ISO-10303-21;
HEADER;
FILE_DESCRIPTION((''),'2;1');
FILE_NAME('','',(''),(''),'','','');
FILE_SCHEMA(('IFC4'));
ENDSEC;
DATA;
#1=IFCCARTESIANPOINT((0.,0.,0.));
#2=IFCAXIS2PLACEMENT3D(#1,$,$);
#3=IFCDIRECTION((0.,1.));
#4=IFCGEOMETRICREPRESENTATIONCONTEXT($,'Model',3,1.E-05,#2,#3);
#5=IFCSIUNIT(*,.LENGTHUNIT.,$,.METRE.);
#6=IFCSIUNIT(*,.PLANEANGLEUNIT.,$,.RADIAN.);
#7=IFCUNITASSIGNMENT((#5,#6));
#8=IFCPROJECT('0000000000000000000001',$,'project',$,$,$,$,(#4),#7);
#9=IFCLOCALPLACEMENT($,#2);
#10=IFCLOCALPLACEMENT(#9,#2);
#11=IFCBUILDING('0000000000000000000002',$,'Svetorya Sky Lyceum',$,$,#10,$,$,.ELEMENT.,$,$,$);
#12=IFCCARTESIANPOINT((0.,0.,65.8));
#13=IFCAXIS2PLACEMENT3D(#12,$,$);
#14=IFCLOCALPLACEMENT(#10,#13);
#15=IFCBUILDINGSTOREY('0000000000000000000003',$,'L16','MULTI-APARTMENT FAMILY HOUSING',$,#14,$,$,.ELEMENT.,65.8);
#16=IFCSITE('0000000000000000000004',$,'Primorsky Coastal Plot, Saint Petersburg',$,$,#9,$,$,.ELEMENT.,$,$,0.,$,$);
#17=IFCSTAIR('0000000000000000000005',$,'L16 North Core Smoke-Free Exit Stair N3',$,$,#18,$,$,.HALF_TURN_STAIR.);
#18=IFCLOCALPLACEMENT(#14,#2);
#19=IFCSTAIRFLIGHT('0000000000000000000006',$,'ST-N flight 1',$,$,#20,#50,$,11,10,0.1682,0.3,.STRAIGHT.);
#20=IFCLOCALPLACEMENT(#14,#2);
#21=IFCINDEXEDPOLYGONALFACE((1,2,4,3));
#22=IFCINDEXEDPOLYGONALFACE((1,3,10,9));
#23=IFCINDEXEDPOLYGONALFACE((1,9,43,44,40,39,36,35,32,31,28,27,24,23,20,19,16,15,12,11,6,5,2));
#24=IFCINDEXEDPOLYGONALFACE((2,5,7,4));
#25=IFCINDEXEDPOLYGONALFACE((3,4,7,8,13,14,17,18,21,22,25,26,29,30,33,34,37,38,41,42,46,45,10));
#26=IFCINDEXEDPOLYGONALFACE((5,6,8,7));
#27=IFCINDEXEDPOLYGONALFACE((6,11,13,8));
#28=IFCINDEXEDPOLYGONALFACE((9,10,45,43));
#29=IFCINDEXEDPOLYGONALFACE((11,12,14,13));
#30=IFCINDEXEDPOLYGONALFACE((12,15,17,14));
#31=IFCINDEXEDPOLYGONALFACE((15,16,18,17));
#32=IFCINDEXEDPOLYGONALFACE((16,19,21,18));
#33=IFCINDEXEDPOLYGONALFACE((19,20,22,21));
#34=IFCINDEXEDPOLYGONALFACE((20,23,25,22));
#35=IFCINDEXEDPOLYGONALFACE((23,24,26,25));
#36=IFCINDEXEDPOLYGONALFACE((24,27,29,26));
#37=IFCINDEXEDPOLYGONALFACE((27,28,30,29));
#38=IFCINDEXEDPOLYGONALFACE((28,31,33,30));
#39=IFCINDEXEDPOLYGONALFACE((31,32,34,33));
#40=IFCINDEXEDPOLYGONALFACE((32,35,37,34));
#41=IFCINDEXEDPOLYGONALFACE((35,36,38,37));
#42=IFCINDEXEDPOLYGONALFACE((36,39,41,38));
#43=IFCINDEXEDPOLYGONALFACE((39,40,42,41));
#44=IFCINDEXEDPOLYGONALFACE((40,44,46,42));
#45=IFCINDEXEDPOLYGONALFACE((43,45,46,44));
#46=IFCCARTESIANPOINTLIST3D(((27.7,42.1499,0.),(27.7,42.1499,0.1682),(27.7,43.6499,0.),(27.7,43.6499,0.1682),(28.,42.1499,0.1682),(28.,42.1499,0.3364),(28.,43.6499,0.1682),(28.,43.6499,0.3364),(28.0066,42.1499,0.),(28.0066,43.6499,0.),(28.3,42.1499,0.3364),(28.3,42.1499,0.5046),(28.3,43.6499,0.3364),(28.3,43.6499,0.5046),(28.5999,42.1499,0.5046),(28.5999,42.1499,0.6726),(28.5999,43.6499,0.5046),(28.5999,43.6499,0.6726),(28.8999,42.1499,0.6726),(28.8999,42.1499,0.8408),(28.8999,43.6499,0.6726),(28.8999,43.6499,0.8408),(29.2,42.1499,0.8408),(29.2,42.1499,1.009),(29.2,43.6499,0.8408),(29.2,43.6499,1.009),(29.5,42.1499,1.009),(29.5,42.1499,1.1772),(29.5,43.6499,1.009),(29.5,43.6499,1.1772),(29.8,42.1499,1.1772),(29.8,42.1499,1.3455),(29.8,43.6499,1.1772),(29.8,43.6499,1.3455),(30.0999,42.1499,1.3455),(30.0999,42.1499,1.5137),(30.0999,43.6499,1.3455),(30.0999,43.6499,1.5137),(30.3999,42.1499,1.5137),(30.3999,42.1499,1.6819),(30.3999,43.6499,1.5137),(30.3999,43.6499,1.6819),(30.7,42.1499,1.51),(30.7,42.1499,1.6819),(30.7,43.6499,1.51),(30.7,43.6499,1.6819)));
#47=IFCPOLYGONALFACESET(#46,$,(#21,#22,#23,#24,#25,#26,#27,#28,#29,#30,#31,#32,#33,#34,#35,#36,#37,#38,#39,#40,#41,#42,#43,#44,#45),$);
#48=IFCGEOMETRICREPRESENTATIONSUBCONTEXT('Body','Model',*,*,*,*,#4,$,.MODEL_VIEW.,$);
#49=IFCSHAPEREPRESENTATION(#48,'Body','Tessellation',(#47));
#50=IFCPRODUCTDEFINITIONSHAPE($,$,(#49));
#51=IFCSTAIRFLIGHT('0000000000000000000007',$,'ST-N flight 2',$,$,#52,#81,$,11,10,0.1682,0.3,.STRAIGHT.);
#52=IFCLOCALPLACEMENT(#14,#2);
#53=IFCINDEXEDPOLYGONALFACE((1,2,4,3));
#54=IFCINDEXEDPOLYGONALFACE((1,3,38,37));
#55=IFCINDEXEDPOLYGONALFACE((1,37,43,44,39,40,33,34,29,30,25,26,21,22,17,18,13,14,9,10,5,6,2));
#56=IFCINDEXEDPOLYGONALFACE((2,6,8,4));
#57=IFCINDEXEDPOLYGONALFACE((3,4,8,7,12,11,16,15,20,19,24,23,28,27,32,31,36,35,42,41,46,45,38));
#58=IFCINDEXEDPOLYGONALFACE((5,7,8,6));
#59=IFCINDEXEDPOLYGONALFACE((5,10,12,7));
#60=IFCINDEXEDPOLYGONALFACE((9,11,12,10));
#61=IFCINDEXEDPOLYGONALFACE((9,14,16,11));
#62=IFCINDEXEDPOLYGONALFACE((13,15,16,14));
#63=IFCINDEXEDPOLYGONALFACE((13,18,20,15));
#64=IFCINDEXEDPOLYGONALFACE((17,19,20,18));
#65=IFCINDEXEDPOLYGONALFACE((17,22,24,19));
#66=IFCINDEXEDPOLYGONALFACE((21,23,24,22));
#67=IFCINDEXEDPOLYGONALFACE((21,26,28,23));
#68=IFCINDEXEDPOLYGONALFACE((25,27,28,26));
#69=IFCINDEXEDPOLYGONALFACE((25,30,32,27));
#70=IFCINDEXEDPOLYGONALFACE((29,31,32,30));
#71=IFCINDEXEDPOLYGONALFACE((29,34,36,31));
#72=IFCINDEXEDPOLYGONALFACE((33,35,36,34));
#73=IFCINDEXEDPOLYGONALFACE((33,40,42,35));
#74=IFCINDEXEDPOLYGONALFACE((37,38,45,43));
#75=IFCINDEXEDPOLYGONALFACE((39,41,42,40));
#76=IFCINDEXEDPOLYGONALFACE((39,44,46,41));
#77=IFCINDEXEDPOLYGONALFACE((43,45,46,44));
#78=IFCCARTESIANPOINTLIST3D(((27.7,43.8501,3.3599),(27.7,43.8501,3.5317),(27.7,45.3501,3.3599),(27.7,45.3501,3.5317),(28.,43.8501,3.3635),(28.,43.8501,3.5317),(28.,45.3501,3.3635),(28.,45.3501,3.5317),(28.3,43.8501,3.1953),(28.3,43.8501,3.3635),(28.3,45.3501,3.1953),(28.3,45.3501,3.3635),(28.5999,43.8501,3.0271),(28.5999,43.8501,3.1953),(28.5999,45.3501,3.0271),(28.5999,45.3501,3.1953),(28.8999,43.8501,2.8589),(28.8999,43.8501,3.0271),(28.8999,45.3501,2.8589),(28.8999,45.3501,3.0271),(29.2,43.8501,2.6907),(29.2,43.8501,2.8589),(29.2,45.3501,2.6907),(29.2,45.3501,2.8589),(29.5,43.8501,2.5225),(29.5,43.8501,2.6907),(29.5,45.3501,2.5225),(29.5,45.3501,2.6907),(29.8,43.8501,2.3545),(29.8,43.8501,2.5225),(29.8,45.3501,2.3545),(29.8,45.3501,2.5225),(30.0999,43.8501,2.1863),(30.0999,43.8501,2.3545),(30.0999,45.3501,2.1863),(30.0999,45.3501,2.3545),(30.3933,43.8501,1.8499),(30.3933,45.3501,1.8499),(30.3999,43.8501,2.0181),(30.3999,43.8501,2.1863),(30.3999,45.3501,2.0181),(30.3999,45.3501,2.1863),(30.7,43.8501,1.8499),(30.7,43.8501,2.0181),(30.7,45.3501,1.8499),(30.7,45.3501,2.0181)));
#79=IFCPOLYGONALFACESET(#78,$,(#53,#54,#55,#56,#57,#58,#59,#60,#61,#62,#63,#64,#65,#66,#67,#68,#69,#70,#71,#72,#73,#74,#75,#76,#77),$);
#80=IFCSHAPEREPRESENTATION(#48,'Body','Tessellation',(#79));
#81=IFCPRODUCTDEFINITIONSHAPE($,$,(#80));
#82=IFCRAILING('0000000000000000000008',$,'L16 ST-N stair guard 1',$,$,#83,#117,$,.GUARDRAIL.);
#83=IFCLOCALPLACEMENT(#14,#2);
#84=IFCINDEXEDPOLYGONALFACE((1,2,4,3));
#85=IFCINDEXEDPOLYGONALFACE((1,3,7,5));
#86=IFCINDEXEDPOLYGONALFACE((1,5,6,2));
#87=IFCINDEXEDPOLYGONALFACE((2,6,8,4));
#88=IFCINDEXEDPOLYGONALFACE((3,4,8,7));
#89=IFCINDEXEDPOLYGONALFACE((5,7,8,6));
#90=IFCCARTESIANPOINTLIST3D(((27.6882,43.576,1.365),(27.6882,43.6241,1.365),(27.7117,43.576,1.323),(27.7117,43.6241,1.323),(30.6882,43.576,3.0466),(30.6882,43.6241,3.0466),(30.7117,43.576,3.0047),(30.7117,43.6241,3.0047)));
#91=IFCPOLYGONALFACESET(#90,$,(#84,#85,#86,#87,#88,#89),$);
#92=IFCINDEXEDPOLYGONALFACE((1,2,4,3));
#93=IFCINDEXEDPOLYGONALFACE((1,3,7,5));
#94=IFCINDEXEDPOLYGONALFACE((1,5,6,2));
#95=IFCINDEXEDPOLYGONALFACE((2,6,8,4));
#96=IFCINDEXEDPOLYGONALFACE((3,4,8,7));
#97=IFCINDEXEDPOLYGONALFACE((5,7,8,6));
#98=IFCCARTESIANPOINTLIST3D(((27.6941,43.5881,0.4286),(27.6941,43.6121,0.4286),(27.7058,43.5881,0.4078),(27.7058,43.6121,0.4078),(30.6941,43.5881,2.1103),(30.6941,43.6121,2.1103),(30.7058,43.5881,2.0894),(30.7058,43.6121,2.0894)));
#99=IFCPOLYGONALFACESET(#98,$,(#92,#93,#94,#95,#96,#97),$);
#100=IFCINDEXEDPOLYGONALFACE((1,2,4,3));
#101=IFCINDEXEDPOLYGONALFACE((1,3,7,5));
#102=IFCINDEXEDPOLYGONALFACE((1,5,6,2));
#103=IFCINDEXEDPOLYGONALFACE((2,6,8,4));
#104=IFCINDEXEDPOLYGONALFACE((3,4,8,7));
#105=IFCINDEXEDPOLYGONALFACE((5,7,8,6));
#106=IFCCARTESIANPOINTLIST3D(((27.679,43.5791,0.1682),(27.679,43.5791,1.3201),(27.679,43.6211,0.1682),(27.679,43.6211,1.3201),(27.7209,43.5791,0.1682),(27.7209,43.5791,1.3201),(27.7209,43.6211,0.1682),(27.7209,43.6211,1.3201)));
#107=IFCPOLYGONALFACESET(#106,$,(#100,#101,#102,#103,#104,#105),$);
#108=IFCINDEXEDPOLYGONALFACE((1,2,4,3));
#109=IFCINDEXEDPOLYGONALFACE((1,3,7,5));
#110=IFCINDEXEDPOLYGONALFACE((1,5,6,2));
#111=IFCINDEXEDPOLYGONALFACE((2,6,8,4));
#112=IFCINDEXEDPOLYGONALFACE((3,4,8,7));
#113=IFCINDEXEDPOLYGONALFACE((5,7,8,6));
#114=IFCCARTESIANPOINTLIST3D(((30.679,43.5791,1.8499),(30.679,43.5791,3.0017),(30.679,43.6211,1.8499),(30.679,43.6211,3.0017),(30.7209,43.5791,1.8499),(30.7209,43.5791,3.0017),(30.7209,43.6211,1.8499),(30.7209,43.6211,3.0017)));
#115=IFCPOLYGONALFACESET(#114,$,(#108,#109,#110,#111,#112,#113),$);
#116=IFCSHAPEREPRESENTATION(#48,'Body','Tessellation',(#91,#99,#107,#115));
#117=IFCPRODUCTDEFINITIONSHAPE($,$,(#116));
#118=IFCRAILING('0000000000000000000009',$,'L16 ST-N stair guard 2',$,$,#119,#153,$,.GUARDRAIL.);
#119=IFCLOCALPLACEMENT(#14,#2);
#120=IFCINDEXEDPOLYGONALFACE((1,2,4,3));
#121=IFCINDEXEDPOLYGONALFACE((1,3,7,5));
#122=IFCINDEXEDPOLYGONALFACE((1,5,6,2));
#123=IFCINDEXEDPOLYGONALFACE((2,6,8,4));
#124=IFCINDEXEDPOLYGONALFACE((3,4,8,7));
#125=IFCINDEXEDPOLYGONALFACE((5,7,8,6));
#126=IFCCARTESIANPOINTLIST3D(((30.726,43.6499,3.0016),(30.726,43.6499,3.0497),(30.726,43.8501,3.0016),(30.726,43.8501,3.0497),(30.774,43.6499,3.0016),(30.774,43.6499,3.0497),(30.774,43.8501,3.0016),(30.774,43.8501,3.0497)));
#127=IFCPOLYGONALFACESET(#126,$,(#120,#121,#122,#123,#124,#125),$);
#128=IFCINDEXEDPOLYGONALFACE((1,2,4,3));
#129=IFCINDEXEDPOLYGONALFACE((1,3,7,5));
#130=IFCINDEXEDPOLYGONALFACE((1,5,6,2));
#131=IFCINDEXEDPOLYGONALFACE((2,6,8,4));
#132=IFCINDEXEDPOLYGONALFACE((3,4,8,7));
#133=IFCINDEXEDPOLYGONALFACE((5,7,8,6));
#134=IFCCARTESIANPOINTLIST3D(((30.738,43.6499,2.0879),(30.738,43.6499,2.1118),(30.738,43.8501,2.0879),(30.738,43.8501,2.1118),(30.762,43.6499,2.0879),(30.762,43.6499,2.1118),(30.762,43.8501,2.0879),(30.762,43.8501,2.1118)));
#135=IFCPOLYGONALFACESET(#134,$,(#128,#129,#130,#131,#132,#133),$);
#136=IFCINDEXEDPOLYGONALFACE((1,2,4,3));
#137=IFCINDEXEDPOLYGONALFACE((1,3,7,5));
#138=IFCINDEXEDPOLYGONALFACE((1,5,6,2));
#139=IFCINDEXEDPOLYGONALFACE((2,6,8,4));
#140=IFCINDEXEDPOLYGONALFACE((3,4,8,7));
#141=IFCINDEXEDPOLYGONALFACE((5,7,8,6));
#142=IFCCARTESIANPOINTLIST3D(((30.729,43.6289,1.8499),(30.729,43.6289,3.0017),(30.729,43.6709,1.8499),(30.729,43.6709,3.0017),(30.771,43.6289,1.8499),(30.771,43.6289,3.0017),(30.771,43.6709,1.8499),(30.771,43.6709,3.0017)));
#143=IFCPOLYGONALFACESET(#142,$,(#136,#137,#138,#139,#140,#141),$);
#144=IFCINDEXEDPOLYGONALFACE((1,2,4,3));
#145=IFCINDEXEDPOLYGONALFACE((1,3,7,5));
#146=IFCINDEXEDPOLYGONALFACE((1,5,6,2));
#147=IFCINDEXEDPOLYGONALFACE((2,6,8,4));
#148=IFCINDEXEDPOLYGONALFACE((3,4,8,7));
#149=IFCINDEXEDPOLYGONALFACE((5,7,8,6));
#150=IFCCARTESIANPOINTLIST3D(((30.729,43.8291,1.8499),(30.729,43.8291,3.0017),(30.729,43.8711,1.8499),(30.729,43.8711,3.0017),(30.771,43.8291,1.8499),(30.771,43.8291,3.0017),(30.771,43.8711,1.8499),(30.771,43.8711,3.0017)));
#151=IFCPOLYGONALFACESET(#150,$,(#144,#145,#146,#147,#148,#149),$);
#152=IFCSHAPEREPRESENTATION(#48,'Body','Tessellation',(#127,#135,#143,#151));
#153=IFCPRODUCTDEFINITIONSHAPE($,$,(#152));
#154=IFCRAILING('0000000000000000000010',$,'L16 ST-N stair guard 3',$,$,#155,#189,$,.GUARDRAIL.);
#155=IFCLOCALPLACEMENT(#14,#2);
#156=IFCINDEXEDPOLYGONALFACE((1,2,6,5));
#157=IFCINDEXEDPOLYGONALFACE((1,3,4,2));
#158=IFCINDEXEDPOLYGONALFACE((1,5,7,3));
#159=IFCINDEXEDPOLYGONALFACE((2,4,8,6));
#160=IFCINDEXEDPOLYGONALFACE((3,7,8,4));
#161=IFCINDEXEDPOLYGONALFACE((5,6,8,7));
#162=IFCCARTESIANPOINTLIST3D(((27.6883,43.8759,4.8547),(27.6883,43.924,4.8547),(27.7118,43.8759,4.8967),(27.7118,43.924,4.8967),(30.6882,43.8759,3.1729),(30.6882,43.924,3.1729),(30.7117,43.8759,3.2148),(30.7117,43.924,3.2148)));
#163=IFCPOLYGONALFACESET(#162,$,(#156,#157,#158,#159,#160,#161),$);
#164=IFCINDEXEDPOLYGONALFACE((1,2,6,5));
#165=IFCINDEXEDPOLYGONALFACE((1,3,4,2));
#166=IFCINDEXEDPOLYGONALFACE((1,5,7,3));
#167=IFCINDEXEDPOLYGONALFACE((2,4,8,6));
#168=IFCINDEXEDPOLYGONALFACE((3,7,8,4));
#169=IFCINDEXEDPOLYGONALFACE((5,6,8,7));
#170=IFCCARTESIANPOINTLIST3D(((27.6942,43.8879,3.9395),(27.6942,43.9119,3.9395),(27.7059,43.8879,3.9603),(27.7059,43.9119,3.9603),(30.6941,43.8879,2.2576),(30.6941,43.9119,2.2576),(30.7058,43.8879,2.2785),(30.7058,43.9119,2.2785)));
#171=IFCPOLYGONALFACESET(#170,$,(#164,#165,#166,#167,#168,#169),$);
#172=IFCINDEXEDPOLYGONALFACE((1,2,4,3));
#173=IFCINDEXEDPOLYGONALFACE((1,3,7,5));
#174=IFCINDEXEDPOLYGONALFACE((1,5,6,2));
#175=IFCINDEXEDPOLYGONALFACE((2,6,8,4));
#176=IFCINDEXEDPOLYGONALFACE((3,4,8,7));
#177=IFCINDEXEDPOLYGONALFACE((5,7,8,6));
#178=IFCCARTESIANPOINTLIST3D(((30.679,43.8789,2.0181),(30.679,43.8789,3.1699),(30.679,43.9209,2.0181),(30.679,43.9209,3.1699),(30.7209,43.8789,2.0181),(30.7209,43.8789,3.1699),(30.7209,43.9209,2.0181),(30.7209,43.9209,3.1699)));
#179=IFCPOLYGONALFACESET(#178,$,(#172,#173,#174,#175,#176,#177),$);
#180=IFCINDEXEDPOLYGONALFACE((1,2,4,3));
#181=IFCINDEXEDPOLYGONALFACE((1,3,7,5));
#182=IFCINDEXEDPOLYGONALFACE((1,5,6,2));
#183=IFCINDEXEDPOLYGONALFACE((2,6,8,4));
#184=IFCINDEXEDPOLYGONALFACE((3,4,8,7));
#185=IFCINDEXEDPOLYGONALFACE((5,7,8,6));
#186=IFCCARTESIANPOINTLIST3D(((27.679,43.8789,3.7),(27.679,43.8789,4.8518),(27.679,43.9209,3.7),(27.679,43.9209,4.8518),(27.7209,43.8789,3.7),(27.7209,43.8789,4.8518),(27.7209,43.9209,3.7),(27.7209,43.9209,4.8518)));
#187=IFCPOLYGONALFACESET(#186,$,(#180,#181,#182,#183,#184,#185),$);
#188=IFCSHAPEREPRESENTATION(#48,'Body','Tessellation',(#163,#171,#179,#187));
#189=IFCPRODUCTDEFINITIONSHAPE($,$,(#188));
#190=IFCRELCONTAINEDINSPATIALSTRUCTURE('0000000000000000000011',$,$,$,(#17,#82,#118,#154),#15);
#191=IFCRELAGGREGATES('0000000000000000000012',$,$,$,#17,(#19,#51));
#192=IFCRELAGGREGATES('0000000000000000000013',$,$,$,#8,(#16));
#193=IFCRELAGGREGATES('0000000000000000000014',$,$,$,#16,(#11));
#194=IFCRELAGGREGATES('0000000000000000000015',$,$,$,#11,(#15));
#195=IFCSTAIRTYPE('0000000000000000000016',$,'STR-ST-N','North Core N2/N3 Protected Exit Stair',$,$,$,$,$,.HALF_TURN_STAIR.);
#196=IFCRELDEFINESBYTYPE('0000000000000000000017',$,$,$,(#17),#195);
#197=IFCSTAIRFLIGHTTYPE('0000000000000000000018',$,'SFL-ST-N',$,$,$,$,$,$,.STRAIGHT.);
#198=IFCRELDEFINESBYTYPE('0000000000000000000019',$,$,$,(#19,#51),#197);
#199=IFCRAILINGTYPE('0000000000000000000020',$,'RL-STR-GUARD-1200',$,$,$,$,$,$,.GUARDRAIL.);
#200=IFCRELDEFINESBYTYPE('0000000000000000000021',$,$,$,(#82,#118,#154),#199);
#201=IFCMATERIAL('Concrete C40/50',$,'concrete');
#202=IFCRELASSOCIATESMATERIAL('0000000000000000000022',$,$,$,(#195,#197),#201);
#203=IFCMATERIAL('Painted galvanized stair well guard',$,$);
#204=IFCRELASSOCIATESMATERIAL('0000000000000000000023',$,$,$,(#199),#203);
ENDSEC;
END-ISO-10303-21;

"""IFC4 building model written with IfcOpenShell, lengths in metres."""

from ifc_helpers import new_model, si_unit, direction, frame, origin, origin_2d, place, context, subcontext, project, spatial, polyline, rectangle, outline, extrude, material, type_object, element, aggregate, save


model = new_model("IFC4")

# Units and contexts
model_context = context("Model", 3, precision=1e-05, world=origin(), true_north=direction((0.0, 1.0)))
body_context = subcontext(model_context, "Body", "Model", "MODEL_VIEW")
ifc_project = project(units=[si_unit("LENGTHUNIT", "METRE"), si_unit("PLANEANGLEUNIT", "RADIAN")], contexts=[model_context])

# Site, building, storey
site_placement = place(None, origin())
site = spatial("IfcSite", under=ifc_project, at=site_placement, Name="Primorsky Coastal Plot, Saint Petersburg", CompositionType="ELEMENT", RefElevation=0.0)
building_placement = place(site_placement, origin())
building = spatial("IfcBuilding", under=site, at=building_placement, Name="Svetorya Sky Lyceum", CompositionType="ELEMENT")
storey_placement = place(building_placement, frame((0.0, 0.0, 65.8)))
storey = spatial("IfcBuildingStorey", under=building, at=storey_placement, Name="L16", Description="MULTI-APARTMENT FAMILY HOUSING", CompositionType="ELEMENT", Elevation=65.8)

# Stair, stair flights
ifc_material_1 = material(Name="Concrete C40/50", Category="concrete")
stair_type = type_object("IfcStairType", Name="STR-ST-N", Description="North Core N2/N3 Protected Exit Stair", PredefinedType="HALF_TURN_STAIR", material=ifc_material_1)
stair_placement = place(storey_placement, origin())
stair = element("IfcStair", 1, at=stair_placement, inside=storey, type_object=stair_type, Name="L16 North Core Smoke-Free Exit Stair N3", PredefinedType="HALF_TURN_STAIR")
stair_flight_type = type_object("IfcStairFlightType", Name="SFL-ST-N", PredefinedType="STRAIGHT", material=ifc_material_1)
stair_flight_1_placement = place(storey_placement, frame((27.7, 42.8999, 0.0), z_axis=(0.0, 0.0, 1.0), x_axis=(1.0, 0.0, 0.0)))
stair_flight_1 = element("IfcStairFlight", 2, at=stair_flight_1_placement, type_object=stair_flight_type, Name="ST-N flight 1", NumberOfRisers=11, NumberOfTreads=10, PredefinedType="STRAIGHT", RiserHeight=0.1682, TreadLength=0.3, context=body_context, shape_type="SweptSolid", body=[
    extrude(outline(polyline([(0.0, 0.0), (0.0, 0.1682), (0.3, 0.1682), (0.3, 0.3364), (0.6001, 0.3364), (0.6001, 0.5046), (0.8999, 0.5046), (0.8999, 0.6726), (1.2, 0.6726), (1.2, 0.8408), (1.5, 0.8408), (1.5, 1.009), (1.8, 1.009), (1.8, 1.1772), (2.1001, 1.1772), (2.1001, 1.3455), (2.3999, 1.3455), (2.3999, 1.5137), (2.7, 1.5137), (2.7, 1.6819), (3.0, 1.6819), (3.0, 1.8501), (3.0, 1.51), (0.3066, 0.0), (0.0, 0.0)])), frame((0.0, 0.75, 0.0), z_axis=(0.0, -1.0, 0.0), x_axis=(1.0, 0.0, 0.0)), (0.0, 0.0, 1.0), 1.5),
])
stair_flight_2_placement = place(storey_placement, frame((30.7, 44.6001, 1.8499), z_axis=(0.0, 0.0, 1.0), x_axis=(-1.0, 0.0, 0.0)))
stair_flight_2 = element("IfcStairFlight", 3, at=stair_flight_2_placement, type_object=stair_flight_type, Name="ST-N flight 2", NumberOfRisers=11, NumberOfTreads=10, PredefinedType="STRAIGHT", RiserHeight=0.1682, TreadLength=0.3, context=body_context, shape_type="SweptSolid", body=[
    extrude(outline(polyline([(0.0, 0.0), (0.0, 0.1682), (0.3, 0.1682), (0.3, 0.3364), (0.6001, 0.3364), (0.6001, 0.5046), (0.8999, 0.5046), (0.8999, 0.6726), (1.2, 0.6726), (1.2, 0.8408), (1.5, 0.8408), (1.5, 1.009), (1.8, 1.009), (1.8, 1.1772), (2.1001, 1.1772), (2.1001, 1.3455), (2.3999, 1.3455), (2.3999, 1.5137), (2.7, 1.5137), (2.7, 1.6819), (3.0, 1.6819), (3.0, 1.8501), (3.0, 1.51), (0.3066, 0.0), (0.0, 0.0)])), frame((0.0, 0.75, 0.0), z_axis=(0.0, -1.0, 0.0), x_axis=(1.0, 0.0, 0.0)), (0.0, 0.0, 1.0), 1.5),
])
aggregate(stair, [stair_flight_1, stair_flight_2])

# Railings
ifc_material_2 = material(Name="Painted galvanized stair well guard")
railing_type_1 = type_object("IfcRailingType", Name="RL-STR-GUARD-1200", PredefinedType="GUARDRAIL", material=ifc_material_2)
railing_1_placement = place(storey_placement, frame((27.7, 43.6001, 0.1682)))
element("IfcRailing", 4, at=railing_1_placement, inside=storey, type_object=railing_type_1, Name="L16 ST-N stair guard 1", PredefinedType="GUARDRAIL", context=body_context, shape_type="SweptSolid", body=[
    extrude(rectangle(XDim=0.0481, YDim=0.0481, at=origin_2d()), frame((0.0, 0.0, 1.1758), z_axis=(0.872303, 0.0, 0.488966), x_axis=(0.0, 1.0, 0.0)), (0.0, 0.0, 1.0), 3.4392),
    extrude(rectangle(XDim=0.0239, YDim=0.0239, at=origin_2d()), frame((0.0, 0.0, 0.25), z_axis=(0.872303, 0.0, 0.488966), x_axis=(0.0, 1.0, 0.0)), (0.0, 0.0, 1.0), 3.4392),
    extrude(rectangle(XDim=0.042, YDim=0.042, at=origin_2d()), origin(), (0.0, 0.0, 1.0), 1.1519),
    extrude(rectangle(XDim=0.042, YDim=0.042, at=origin_2d()), frame((3.0, 0.0, 1.6816)), (0.0, 0.0, 1.0), 1.1519),
])
railing_2_placement = place(storey_placement, frame((30.75, 43.6499, 1.8499)))
element("IfcRailing", 5, at=railing_2_placement, inside=storey, type_object=railing_type_1, Name="L16 ST-N stair guard 2", PredefinedType="GUARDRAIL", context=body_context, shape_type="SweptSolid", body=[
    extrude(rectangle(XDim=0.0481, YDim=0.0481, at=origin_2d()), frame((0.0, 0.0, 1.1758), z_axis=(0.0, 1.0, 0.0), x_axis=(-1.0, 0.0, 0.0)), (0.0, 0.0, 1.0), 0.2002),
    extrude(rectangle(XDim=0.0239, YDim=0.0239, at=origin_2d()), frame((0.0, 0.0, 0.25), z_axis=(0.0, 1.0, 0.0), x_axis=(-1.0, 0.0, 0.0)), (0.0, 0.0, 1.0), 0.2002),
    extrude(rectangle(XDim=0.042, YDim=0.042, at=origin_2d()), origin(), (0.0, 0.0, 1.0), 1.1519),
    extrude(rectangle(XDim=0.042, YDim=0.042, at=origin_2d()), frame((0.0, 0.2002, 0.0)), (0.0, 0.0, 1.0), 1.1519),
])
railing_3_placement = place(storey_placement, frame((30.7, 43.8999, 2.0181)))
element("IfcRailing", 6, at=railing_3_placement, inside=storey, type_object=railing_type_1, Name="L16 ST-N stair guard 3", PredefinedType="GUARDRAIL", context=body_context, shape_type="SweptSolid", body=[
    extrude(rectangle(XDim=0.0481, YDim=0.0481, at=origin_2d()), frame((0.0, 0.0, 1.1758), z_axis=(-0.872272, 0.0, 0.48902), x_axis=(0.0, -1.0, 0.0)), (0.0, 0.0, 1.0), 3.4392),
    extrude(rectangle(XDim=0.0239, YDim=0.0239, at=origin_2d()), frame((0.0, 0.0, 0.25), z_axis=(-0.872272, 0.0, 0.48902), x_axis=(0.0, -1.0, 0.0)), (0.0, 0.0, 1.0), 3.4392),
    extrude(rectangle(XDim=0.042, YDim=0.042, at=origin_2d()), origin(), (0.0, 0.0, 1.0), 1.1519),
    extrude(rectangle(XDim=0.042, YDim=0.042, at=origin_2d()), frame((-3.0, 0.0, 1.6819)), (0.0, 0.0, 1.0), 1.1519),
])

save(model, "model.ifc")
